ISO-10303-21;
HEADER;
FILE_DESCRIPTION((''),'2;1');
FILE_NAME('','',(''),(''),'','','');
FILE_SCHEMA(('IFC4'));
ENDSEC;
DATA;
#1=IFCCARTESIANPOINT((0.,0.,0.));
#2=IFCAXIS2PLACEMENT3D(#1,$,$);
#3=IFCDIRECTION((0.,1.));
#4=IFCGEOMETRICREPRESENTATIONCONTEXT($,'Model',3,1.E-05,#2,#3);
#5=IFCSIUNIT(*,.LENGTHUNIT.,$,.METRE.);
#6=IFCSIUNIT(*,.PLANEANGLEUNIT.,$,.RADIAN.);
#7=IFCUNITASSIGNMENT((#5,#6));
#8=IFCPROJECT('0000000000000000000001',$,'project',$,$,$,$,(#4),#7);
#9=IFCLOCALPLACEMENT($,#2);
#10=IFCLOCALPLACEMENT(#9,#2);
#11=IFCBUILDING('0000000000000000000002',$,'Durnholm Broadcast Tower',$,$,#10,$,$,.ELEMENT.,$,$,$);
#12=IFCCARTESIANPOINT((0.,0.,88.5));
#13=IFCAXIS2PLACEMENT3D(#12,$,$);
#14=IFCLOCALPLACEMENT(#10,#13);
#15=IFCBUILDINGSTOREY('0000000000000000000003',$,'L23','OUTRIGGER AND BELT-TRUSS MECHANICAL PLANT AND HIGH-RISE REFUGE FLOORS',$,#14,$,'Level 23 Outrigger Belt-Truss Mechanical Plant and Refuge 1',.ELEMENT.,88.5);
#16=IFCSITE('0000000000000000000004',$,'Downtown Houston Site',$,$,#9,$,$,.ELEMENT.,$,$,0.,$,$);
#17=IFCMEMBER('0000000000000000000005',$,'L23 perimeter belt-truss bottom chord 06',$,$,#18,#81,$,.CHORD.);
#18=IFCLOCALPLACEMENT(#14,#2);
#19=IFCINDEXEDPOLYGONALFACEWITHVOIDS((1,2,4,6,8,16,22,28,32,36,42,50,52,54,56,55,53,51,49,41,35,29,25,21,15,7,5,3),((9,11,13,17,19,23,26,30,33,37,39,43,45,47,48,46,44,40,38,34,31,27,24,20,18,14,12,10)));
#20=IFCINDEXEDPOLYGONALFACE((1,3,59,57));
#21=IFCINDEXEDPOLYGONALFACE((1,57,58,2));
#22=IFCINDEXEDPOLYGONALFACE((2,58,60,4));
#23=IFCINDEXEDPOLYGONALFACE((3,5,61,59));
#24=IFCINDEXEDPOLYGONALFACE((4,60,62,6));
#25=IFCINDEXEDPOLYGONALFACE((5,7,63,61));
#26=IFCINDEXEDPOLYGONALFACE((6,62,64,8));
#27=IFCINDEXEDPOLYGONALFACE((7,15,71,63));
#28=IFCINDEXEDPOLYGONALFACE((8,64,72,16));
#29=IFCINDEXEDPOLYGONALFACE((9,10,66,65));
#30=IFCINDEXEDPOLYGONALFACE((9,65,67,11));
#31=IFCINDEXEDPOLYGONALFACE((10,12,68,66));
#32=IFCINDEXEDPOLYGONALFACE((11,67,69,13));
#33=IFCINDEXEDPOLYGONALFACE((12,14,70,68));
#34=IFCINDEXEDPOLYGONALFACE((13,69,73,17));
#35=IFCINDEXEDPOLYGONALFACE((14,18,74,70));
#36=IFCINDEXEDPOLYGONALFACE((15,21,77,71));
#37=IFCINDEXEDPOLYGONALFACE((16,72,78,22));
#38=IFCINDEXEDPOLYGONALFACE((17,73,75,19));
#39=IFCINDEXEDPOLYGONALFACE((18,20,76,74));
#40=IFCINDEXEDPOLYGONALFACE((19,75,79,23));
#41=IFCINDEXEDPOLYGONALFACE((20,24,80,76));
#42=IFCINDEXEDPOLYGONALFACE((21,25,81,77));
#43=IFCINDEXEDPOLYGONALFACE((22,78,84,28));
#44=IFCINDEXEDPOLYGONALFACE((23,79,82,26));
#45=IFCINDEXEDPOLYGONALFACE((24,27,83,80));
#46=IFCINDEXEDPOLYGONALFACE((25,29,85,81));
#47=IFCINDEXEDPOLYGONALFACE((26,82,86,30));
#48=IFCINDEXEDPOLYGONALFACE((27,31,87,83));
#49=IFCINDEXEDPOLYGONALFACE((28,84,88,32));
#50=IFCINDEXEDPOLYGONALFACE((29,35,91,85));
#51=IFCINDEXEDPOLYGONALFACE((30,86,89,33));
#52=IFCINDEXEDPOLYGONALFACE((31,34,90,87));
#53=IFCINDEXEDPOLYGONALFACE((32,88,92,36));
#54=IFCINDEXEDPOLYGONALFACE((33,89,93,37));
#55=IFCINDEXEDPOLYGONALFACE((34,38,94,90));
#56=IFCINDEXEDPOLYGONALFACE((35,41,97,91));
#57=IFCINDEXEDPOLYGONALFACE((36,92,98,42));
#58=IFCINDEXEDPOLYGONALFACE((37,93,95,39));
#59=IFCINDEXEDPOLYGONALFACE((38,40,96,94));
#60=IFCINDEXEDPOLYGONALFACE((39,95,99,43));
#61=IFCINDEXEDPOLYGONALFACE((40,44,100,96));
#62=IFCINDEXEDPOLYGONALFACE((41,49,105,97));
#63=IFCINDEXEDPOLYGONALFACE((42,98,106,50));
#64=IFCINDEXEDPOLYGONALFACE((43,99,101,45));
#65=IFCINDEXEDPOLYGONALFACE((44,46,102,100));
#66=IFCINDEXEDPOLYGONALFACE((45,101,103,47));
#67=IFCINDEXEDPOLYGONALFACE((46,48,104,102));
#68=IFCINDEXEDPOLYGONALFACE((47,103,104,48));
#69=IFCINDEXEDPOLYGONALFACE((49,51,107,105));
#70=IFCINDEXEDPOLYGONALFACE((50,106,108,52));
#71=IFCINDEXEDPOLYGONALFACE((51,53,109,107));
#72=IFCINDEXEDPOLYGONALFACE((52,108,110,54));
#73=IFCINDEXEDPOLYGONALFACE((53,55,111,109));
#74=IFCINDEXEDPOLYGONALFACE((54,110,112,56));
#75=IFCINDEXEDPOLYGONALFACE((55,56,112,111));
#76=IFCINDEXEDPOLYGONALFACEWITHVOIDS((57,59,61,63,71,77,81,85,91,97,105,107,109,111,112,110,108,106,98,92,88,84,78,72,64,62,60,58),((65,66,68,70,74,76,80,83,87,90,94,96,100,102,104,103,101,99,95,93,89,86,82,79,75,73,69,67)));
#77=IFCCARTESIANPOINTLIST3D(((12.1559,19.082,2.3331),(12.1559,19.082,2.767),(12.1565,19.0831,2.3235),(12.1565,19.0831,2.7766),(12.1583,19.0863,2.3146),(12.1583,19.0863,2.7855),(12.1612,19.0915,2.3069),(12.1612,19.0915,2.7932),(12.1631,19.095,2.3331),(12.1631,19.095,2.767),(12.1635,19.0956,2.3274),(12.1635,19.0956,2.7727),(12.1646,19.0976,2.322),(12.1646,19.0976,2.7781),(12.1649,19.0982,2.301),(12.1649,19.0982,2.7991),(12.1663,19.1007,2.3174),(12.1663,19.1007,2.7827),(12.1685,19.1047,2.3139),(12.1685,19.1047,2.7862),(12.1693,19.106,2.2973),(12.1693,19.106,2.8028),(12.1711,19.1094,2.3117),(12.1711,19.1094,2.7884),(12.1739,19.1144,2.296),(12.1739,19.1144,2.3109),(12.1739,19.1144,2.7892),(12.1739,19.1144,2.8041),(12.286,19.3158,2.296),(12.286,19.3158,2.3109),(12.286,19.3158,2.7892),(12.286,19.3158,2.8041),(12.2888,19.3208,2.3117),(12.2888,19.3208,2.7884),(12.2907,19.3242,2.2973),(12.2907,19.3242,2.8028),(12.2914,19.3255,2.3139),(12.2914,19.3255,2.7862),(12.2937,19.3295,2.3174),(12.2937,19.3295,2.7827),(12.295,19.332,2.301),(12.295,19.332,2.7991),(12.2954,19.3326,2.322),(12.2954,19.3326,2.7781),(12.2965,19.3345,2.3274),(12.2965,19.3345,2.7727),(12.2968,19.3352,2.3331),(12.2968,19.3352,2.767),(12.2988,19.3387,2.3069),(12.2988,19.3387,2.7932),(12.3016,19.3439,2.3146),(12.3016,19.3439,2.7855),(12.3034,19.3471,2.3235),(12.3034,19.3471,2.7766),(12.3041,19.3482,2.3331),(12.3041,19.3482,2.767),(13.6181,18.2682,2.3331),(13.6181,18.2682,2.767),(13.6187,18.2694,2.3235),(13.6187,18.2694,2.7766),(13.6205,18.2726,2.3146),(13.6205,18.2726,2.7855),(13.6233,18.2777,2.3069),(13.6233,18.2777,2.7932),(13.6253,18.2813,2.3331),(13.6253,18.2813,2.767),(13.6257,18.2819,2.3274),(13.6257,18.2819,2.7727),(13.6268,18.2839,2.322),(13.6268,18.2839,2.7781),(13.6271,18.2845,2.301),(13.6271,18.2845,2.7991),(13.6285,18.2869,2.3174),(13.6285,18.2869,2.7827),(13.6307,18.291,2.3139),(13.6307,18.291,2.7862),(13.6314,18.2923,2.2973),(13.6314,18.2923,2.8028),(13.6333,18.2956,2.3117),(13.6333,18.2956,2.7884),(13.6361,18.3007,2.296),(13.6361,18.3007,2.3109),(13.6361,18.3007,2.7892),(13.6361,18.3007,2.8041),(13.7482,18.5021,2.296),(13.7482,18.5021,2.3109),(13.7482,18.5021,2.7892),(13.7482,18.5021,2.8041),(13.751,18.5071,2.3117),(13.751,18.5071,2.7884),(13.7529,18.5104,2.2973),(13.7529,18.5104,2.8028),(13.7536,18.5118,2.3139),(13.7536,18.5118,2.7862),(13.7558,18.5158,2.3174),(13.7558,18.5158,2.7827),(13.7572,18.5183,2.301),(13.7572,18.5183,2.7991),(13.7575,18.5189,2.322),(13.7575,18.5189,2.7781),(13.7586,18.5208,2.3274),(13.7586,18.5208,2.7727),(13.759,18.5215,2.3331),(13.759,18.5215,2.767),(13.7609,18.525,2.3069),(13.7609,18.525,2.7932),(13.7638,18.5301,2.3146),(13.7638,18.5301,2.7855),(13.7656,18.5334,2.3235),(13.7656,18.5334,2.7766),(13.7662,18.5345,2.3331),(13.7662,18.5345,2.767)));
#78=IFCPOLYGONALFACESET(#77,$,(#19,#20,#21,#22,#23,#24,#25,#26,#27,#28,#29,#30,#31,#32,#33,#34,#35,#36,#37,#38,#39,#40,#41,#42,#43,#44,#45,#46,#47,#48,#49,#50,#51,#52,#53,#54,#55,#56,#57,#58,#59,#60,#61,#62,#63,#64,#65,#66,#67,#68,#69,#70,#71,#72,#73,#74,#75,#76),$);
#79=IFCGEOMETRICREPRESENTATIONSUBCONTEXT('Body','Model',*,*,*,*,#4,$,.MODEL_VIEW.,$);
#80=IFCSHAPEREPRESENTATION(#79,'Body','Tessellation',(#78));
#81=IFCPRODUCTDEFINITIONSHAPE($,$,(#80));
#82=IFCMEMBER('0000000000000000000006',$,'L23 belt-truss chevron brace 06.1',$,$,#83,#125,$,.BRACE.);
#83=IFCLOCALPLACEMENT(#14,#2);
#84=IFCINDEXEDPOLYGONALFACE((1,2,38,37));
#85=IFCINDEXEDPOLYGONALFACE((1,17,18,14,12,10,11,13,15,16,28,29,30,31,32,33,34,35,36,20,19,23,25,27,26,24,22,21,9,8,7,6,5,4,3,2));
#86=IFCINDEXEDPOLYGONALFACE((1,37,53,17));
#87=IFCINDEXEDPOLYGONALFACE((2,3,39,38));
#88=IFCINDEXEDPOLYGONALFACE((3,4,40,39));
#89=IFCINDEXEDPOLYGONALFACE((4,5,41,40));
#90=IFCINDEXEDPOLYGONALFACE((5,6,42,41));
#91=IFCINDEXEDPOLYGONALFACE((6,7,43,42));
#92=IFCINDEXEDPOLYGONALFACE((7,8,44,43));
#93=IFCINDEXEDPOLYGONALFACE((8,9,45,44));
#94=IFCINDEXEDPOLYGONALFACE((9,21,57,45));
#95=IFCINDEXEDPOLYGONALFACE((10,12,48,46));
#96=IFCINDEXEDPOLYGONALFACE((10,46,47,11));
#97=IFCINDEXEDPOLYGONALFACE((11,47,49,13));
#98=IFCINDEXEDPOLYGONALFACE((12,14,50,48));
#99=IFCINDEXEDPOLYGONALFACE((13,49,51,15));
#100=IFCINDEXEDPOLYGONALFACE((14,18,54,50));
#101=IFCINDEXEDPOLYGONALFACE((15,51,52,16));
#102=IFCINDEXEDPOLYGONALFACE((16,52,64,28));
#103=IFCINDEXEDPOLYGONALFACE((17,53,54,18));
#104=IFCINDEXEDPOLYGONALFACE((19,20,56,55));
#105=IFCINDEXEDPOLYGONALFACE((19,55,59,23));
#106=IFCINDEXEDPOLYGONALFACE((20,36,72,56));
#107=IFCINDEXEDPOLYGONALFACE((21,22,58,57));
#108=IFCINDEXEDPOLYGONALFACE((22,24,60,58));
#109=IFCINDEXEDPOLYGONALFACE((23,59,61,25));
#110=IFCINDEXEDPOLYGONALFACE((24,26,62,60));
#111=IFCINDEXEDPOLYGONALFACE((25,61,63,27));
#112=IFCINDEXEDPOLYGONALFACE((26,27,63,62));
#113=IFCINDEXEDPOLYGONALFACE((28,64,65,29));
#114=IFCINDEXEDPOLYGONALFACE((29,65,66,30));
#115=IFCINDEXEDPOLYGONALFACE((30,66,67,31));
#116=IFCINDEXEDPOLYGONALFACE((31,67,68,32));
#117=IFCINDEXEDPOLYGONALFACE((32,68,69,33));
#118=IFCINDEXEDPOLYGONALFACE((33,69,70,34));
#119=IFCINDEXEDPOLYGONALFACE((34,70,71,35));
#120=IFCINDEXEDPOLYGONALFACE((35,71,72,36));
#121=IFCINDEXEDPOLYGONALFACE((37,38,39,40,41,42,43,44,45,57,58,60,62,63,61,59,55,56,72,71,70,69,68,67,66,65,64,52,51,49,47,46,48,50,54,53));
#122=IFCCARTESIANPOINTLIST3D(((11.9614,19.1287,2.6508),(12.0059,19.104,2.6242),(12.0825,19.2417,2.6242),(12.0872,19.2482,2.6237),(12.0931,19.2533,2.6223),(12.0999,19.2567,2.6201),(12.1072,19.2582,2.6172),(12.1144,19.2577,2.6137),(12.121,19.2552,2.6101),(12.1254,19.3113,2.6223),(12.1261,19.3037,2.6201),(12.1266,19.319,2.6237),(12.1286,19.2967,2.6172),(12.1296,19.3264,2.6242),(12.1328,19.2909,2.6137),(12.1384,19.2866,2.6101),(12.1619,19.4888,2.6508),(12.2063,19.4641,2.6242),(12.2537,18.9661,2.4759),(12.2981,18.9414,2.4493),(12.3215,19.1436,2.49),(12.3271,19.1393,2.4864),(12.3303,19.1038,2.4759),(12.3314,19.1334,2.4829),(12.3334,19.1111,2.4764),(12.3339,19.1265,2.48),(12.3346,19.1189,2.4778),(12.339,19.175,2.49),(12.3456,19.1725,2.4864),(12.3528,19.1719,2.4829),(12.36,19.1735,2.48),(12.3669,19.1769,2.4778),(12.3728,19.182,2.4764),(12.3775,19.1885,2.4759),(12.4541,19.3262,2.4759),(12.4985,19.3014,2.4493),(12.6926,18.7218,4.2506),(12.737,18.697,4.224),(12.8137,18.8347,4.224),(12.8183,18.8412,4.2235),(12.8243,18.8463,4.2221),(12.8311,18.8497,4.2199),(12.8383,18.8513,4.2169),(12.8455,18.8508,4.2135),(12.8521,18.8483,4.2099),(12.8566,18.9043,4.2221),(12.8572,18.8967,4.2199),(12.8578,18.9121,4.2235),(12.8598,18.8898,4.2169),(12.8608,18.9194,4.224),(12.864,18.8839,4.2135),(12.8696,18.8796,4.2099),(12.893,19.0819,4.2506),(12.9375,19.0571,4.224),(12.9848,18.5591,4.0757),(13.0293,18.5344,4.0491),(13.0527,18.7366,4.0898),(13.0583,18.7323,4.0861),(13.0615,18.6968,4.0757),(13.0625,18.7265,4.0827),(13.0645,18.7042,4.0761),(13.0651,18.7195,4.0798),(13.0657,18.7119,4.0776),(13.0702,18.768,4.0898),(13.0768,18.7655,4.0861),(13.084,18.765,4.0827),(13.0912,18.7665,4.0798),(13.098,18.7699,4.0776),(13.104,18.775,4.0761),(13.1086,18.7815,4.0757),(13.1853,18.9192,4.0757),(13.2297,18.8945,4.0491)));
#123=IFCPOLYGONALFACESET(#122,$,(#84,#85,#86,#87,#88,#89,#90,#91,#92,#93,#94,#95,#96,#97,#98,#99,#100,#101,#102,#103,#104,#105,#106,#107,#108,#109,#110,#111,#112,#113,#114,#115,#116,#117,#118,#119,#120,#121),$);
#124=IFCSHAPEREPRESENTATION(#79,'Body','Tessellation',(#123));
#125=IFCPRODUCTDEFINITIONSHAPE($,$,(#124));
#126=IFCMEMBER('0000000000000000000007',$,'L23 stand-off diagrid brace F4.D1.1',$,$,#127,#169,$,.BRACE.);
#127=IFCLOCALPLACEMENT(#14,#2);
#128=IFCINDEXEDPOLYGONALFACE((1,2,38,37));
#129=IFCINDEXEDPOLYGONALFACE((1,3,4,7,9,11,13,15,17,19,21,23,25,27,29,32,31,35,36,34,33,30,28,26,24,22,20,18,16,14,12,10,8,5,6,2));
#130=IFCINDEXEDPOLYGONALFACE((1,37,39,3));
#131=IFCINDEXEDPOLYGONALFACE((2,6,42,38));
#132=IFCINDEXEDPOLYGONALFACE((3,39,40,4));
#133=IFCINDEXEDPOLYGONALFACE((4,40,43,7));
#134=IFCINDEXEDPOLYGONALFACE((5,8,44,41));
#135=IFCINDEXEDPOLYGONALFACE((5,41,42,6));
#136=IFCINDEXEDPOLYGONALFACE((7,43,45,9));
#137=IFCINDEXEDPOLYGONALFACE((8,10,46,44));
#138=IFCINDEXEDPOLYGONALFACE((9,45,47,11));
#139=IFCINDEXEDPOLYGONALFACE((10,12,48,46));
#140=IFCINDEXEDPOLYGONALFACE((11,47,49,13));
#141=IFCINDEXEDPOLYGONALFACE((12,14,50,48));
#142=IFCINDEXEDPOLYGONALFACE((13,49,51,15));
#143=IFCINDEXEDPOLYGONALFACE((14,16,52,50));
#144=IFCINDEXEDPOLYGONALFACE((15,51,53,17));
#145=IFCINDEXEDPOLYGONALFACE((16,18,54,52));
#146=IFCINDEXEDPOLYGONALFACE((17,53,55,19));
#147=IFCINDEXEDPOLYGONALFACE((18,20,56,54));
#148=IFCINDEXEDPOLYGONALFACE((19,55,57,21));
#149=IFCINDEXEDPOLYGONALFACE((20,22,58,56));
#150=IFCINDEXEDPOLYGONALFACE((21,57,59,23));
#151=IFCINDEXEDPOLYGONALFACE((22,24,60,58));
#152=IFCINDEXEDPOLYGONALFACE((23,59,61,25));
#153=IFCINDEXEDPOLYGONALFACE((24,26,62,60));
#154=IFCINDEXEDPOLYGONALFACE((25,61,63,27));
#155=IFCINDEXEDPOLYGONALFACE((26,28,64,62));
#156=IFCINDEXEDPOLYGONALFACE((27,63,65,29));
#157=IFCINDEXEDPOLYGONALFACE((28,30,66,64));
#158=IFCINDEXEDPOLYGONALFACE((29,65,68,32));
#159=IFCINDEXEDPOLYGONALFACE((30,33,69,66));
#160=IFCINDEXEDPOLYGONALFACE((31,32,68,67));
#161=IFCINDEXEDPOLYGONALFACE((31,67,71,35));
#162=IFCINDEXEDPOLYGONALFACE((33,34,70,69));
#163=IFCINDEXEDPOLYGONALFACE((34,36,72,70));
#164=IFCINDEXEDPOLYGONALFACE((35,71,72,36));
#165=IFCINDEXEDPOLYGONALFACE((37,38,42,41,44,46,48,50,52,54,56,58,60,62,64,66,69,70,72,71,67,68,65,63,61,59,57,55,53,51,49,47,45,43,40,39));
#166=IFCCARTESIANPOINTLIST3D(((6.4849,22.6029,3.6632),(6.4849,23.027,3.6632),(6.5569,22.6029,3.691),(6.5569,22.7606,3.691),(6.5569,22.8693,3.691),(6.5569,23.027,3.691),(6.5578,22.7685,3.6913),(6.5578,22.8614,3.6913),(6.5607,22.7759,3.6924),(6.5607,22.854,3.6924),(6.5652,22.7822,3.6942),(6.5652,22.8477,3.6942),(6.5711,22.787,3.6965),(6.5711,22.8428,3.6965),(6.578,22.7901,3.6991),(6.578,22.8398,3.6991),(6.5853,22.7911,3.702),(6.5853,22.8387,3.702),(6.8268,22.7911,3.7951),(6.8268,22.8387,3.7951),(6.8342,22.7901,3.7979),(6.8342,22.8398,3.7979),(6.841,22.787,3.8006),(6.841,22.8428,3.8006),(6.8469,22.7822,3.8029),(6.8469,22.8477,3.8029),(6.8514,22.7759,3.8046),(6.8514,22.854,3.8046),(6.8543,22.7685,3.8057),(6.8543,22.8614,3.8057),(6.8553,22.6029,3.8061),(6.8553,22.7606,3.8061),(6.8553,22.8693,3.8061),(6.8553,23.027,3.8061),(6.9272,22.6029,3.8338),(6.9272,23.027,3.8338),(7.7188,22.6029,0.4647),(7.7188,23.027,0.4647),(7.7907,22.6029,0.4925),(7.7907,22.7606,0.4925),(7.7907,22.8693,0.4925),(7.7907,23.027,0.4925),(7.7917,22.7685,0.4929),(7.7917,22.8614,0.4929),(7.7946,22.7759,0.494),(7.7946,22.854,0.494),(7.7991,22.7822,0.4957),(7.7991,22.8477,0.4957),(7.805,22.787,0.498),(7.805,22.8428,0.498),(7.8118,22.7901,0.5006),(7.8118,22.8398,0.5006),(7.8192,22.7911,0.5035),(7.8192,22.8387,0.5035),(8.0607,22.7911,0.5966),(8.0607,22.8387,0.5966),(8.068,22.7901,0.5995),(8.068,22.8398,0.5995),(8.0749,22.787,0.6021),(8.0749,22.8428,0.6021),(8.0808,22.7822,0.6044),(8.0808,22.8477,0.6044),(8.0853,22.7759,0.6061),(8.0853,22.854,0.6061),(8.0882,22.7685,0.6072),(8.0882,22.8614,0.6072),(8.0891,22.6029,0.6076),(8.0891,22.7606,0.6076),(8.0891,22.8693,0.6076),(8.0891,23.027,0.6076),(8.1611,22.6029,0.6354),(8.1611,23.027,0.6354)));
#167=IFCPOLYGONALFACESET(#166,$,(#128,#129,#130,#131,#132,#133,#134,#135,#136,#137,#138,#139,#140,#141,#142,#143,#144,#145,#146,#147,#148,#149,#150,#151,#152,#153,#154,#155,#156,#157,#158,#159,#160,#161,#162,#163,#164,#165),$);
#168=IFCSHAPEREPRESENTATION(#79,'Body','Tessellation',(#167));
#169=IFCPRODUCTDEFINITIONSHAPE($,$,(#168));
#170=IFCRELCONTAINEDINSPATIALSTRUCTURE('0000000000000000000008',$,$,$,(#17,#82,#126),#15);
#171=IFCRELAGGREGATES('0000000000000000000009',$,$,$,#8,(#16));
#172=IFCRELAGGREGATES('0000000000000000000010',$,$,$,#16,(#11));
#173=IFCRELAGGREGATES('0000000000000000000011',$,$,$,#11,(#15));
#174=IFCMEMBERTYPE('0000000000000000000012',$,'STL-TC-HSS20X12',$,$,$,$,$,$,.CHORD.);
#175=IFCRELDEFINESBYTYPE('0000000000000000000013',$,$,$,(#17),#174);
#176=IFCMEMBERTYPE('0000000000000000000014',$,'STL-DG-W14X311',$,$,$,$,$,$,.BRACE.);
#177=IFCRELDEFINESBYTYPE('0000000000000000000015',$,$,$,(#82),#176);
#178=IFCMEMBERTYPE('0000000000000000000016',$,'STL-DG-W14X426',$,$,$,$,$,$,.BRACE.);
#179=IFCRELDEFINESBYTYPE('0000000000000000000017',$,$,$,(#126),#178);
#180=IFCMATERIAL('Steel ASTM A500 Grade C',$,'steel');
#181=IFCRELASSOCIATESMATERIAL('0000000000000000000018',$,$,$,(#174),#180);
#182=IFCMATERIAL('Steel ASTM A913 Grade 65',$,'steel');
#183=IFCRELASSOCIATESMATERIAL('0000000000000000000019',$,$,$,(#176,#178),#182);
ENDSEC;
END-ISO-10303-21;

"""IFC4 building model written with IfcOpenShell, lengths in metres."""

from ifc_helpers import new_model, si_unit, direction, frame, origin, origin_2d, place, context, subcontext, project, spatial, hollow_rectangle, i_section, extrude, source, transform, mapped, material, material_profile, profile_set, type_object, type_shapes, element, save


model = new_model("IFC4")

# Units and contexts
model_context = context("Model", 3, precision=1e-05, world=origin(), true_north=direction((0.0, 1.0)))
body_context = subcontext(model_context, "Body", "Model", "MODEL_VIEW")
ifc_project = project(units=[si_unit("LENGTHUNIT", "METRE"), si_unit("PLANEANGLEUNIT", "RADIAN")], contexts=[model_context])

# Site, building, storey
site_placement = place(None, origin())
site = spatial("IfcSite", under=ifc_project, at=site_placement, Name="Downtown Houston Site", CompositionType="ELEMENT", RefElevation=0.0)
building_placement = place(site_placement, origin())
building = spatial("IfcBuilding", under=site, at=building_placement, Name="Durnholm Broadcast Tower", CompositionType="ELEMENT")
storey_placement = place(building_placement, frame((0.0, 0.0, 88.5)))
storey = spatial("IfcBuildingStorey", under=building, at=storey_placement, Name="L23", Description="OUTRIGGER AND BELT-TRUSS MECHANICAL PLANT AND HIGH-RISE REFUGE FLOORS", LongName="Level 23 Outrigger Belt-Truss Mechanical Plant and Refuge 1", CompositionType="ELEMENT", Elevation=88.5)

# Members
ifc_material_1 = material(Name="Steel ASTM A500 Grade C", Category="steel")
ifc_material_profile_1 = material_profile(ifc_material_1, hollow_rectangle(XDim=0.3047, YDim=0.5081, WallThickness=0.0149, InnerFilletRadius=0.0222, OuterFilletRadius=0.0371, at=origin_2d()), Name="HSS20X12X5/8")
ifc_profile_set_1 = profile_set([ifc_material_profile_1], Name="Steel ASTM A500 Grade C")
member_type_1 = type_object("IfcMemberType", Name="STL-TC-HSS20X12", PredefinedType="CHORD", material=ifc_profile_set_1)
shared_shape_1 = source(origin(), body_context, "Body", "SweptSolid", [
    extrude(hollow_rectangle(XDim=0.3047, YDim=0.5081, WallThickness=0.0149, InnerFilletRadius=0.0222, OuterFilletRadius=0.0371, at=origin_2d()), origin(), (0.0, 0.0, 1.0), 1.6733),
])
type_shapes(member_type_1, [shared_shape_1])
member_1_placement = place(storey_placement, frame((12.23, 19.2151, 2.55), z_axis=(0.873799, -0.486287, 0.0), x_axis=(0.486287, 0.873799, 0.0)))
element("IfcMember", 1, at=member_1_placement, inside=storey, type_object=member_type_1, Name="L23 perimeter belt-truss bottom chord 06", PredefinedType="CHORD", context=body_context, shape_type="MappedRepresentation", body=[
    mapped(shared_shape_1, transform((0.0, 0.0, 0.0), x_axis=(1.0, 0.0, 0.0), y_axis=(0.0, 1.0, 0.0), z_axis=(0.0, 0.0, 1.0), scale=1.0)),
])
ifc_material_2 = material(Name="Steel ASTM A913 Grade 65", Category="steel")
ifc_material_profile_2 = material_profile(ifc_material_2, i_section(OverallWidth=0.4121, OverallDepth=0.4348, WebThickness=0.0359, FlangeThickness=0.0574, FilletRadius=0.0305, at=origin_2d()), Name="W14X311")
ifc_profile_set_2 = profile_set([ifc_material_profile_2], Name="Steel ASTM A913 Grade 65")
member_type_2 = type_object("IfcMemberType", Name="STL-DG-W14X311", PredefinedType="BRACE", material=ifc_profile_set_2)
shared_shape_2 = source(origin(), body_context, "Body", "SweptSolid", [
    extrude(i_section(OverallWidth=0.4121, OverallDepth=0.4348, WebThickness=0.0359, FlangeThickness=0.0574, FilletRadius=0.0305, at=origin_2d()), origin(), (0.0, 0.0, 1.0), 1.8054),
])
type_shapes(member_type_2, [shared_shape_2])
member_2_placement = place(storey_placement, frame((12.23, 19.2151, 2.55), z_axis=(0.404986, -0.225413, 0.886101), x_axis=(0.486336, 0.873772, 0.0)))
element("IfcMember", 2, at=member_2_placement, inside=storey, type_object=member_type_2, Name="L23 belt-truss chevron brace 06.1", PredefinedType="BRACE", context=body_context, shape_type="MappedRepresentation", body=[
    mapped(shared_shape_2, transform((0.0, 0.0, 0.0), x_axis=(1.0, 0.0, 0.0), y_axis=(0.0, 1.0, 0.0), z_axis=(0.0, 0.0, 1.0), scale=1.0)),
])
ifc_material_profile_3 = material_profile(ifc_material_2, i_section(OverallWidth=0.4241, OverallDepth=0.4741, WebThickness=0.0476, FlangeThickness=0.0771, FilletRadius=0.0305, at=origin_2d()), Name="W14X426")
ifc_profile_set_3 = profile_set([ifc_material_profile_3], Name="Steel ASTM A913 Grade 65")
member_type_3 = type_object("IfcMemberType", Name="STL-DG-W14X426", PredefinedType="BRACE", material=ifc_profile_set_3)
shared_shape_3 = source(origin(), body_context, "Body", "SweptSolid", [
    extrude(i_section(OverallWidth=0.4241, OverallDepth=0.4741, WebThickness=0.0476, FlangeThickness=0.0771, FilletRadius=0.0305, at=origin_2d()), origin(), (0.0, 0.0, 1.0), 3.4282),
])
type_shapes(member_type_3, [shared_shape_3])
for number, where, z_axis, x_axis, name in (
    (3, (7.9399, 22.8149, 0.55), (-0.359919, 0.0, 0.932984), (0.0, -1.0, 0.0), "L23 stand-off diagrid brace F4.D1.1"),
):
    element("IfcMember", number, at=place(storey_placement, frame(where, z_axis=z_axis, x_axis=x_axis)), inside=storey, type_object=member_type_3, Name=name, PredefinedType="BRACE", context=body_context, shape_type="MappedRepresentation", body=[
        mapped(shared_shape_3, transform((0.0, 0.0, 0.0), x_axis=(1.0, 0.0, 0.0), y_axis=(0.0, 1.0, 0.0), z_axis=(0.0, 0.0, 1.0), scale=1.0)),
    ])

save(model, "model.ifc")
